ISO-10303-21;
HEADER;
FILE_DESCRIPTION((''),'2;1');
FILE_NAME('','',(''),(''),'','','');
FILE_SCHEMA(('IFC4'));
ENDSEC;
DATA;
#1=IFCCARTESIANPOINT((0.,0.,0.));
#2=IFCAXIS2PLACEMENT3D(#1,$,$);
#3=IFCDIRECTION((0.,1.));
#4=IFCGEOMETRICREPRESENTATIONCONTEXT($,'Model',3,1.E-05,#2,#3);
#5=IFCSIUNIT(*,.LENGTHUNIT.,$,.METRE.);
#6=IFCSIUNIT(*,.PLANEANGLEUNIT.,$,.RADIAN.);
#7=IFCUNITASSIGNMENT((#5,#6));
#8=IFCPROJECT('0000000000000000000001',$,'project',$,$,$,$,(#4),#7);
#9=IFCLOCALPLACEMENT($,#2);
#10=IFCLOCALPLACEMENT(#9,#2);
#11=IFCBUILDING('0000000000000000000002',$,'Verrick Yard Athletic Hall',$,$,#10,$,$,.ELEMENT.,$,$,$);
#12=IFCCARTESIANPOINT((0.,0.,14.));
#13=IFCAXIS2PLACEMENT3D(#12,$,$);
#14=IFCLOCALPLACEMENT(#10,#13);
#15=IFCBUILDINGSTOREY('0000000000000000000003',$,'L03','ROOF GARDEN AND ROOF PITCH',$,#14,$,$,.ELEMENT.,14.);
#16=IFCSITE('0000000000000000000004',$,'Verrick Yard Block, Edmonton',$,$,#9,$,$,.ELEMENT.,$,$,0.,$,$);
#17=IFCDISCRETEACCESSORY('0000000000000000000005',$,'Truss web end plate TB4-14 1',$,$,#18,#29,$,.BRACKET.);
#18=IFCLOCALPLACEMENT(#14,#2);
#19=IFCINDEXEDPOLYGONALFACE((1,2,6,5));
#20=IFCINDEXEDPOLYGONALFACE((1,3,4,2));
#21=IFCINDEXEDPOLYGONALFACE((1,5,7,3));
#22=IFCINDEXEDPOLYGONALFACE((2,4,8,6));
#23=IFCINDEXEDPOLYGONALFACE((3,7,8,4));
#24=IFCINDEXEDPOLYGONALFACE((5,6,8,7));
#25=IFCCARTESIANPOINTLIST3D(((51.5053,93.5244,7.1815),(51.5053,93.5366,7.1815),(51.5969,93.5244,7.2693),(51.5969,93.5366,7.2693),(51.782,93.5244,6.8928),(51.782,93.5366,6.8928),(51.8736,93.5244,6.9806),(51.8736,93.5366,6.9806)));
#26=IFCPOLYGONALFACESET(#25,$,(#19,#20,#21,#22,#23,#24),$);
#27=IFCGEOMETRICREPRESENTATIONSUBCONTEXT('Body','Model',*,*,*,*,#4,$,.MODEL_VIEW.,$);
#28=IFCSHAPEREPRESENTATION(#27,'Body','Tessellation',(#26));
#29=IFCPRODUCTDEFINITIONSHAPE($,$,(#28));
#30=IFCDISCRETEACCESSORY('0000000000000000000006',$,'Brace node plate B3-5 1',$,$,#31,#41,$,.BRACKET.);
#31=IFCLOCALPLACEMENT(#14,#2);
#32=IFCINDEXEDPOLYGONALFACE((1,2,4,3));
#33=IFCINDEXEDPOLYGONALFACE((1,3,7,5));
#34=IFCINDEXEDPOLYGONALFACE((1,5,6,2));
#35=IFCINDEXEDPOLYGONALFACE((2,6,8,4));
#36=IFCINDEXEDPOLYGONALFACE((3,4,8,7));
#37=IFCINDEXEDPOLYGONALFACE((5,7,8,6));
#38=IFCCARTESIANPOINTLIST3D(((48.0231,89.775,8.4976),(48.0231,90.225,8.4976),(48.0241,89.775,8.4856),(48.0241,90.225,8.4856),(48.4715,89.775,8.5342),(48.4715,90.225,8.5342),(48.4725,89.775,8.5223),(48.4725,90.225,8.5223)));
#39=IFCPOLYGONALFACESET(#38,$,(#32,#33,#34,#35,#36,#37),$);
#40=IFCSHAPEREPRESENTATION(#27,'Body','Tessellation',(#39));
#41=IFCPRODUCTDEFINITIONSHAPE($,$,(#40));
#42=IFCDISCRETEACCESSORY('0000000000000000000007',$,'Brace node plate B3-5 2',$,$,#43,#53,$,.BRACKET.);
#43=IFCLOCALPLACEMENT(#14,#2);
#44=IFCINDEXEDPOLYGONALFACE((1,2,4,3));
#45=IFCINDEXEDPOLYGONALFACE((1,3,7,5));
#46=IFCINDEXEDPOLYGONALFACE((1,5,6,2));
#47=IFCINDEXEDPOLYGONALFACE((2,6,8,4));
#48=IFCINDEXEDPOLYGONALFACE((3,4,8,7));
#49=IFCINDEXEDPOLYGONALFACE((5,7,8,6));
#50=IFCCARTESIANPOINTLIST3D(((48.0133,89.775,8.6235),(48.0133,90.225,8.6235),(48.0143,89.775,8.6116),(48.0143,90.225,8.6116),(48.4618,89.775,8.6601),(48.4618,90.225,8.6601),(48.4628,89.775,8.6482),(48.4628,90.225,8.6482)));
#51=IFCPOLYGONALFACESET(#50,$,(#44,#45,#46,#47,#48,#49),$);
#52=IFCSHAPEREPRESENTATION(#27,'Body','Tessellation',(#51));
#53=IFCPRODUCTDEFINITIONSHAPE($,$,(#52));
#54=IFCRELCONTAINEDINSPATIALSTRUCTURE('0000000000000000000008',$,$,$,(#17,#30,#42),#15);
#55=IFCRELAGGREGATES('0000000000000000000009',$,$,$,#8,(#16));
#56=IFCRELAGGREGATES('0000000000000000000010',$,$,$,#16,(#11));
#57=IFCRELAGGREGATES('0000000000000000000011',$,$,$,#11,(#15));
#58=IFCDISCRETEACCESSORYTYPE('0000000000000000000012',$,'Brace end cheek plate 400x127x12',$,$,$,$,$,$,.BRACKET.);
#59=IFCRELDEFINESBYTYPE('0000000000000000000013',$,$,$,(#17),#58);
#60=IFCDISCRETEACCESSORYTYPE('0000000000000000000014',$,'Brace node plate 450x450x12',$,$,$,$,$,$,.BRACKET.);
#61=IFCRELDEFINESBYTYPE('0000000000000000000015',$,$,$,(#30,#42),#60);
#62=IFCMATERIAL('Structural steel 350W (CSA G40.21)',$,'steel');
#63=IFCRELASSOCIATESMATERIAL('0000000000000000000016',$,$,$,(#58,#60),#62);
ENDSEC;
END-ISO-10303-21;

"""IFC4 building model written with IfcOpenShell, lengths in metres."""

from ifc_helpers import new_model, si_unit, direction, frame, origin, origin_2d, place, context, subcontext, project, spatial, rectangle, extrude, material, material_profile, profile_set, type_object, element, save


model = new_model("IFC4")

# Units and contexts
model_context = context("Model", 3, precision=1e-05, world=origin(), true_north=direction((0.0, 1.0)))
body_context = subcontext(model_context, "Body", "Model", "MODEL_VIEW")
ifc_project = project(units=[si_unit("LENGTHUNIT", "METRE"), si_unit("PLANEANGLEUNIT", "RADIAN")], contexts=[model_context])

# Site, building, storey
site_placement = place(None, origin())
site = spatial("IfcSite", under=ifc_project, at=site_placement, Name="Verrick Yard Block, Edmonton", CompositionType="ELEMENT", RefElevation=0.0)
building_placement = place(site_placement, origin())
building = spatial("IfcBuilding", under=site, at=building_placement, Name="Verrick Yard Athletic Hall", CompositionType="ELEMENT")
storey_placement = place(building_placement, frame((0.0, 0.0, 14.0)))
storey = spatial("IfcBuildingStorey", under=building, at=storey_placement, Name="L03", Description="ROOF GARDEN AND ROOF PITCH", CompositionType="ELEMENT", Elevation=14.0)

# Discrete accessories
ifc_material_1 = material(Name="Structural steel 350W (CSA G40.21)", Category="steel")
ifc_material_profile_1 = material_profile(ifc_material_1, rectangle(XDim=0.3999, YDim=0.127, at=origin_2d()), Name="Brace end cheek plate")
ifc_profile_set_1 = profile_set([ifc_material_profile_1], Name="Structural steel 350W (CSA G40.21)")
discrete_accessory_type_1 = type_object("IfcDiscreteAccessoryType", Name="Brace end cheek plate 400x127x12", PredefinedType="BRACKET", material=ifc_profile_set_1)
for number, where, z_axis, x_axis, name in (
    (1, (51.6895, 93.5366, 7.0811), (0.0, -1.0, 0.0), (-0.691925, 0.0, 0.721969), "Truss web end plate TB4-14 1"),
):
    element("IfcDiscreteAccessory", number, at=place(storey_placement, frame(where, z_axis=z_axis, x_axis=x_axis)), inside=storey, type_object=discrete_accessory_type_1, Name=name, PredefinedType="BRACKET", context=body_context, shape_type="SweptSolid", body=[
        extrude(rectangle(XDim=0.3999, YDim=0.127, at=origin_2d()), origin(), (0.0, 0.0, 1.0), 0.0122),
    ])
ifc_material_profile_2 = material_profile(ifc_material_1, rectangle(XDim=0.45, YDim=0.45, at=origin_2d()), Name="Brace node plate")
ifc_profile_set_2 = profile_set([ifc_material_profile_2], Name="Structural steel 350W (CSA G40.21)")
discrete_accessory_type_2 = type_object("IfcDiscreteAccessoryType", Name="Brace node plate 450x450x12", PredefinedType="BRACKET", material=ifc_profile_set_2)
for number, where, z_axis, x_axis, name in (
    (2, (48.2473, 90.0, 8.5159), (0.081362, 0.0, -0.996685), (0.0, 1.0, 0.0), "Brace node plate B3-5 1"),
    (3, (48.2385, 90.0, 8.6299), (-0.081362, 0.0, 0.996685), (0.0, -1.0, 0.0), "Brace node plate B3-5 2"),
):
    element("IfcDiscreteAccessory", number, at=place(storey_placement, frame(where, z_axis=z_axis, x_axis=x_axis)), inside=storey, type_object=discrete_accessory_type_2, Name=name, PredefinedType="BRACKET", context=body_context, shape_type="SweptSolid", body=[
        extrude(rectangle(XDim=0.45, YDim=0.45, at=origin_2d()), origin(), (0.0, 0.0, 1.0), 0.012),
    ])

save(model, "model.ifc")
